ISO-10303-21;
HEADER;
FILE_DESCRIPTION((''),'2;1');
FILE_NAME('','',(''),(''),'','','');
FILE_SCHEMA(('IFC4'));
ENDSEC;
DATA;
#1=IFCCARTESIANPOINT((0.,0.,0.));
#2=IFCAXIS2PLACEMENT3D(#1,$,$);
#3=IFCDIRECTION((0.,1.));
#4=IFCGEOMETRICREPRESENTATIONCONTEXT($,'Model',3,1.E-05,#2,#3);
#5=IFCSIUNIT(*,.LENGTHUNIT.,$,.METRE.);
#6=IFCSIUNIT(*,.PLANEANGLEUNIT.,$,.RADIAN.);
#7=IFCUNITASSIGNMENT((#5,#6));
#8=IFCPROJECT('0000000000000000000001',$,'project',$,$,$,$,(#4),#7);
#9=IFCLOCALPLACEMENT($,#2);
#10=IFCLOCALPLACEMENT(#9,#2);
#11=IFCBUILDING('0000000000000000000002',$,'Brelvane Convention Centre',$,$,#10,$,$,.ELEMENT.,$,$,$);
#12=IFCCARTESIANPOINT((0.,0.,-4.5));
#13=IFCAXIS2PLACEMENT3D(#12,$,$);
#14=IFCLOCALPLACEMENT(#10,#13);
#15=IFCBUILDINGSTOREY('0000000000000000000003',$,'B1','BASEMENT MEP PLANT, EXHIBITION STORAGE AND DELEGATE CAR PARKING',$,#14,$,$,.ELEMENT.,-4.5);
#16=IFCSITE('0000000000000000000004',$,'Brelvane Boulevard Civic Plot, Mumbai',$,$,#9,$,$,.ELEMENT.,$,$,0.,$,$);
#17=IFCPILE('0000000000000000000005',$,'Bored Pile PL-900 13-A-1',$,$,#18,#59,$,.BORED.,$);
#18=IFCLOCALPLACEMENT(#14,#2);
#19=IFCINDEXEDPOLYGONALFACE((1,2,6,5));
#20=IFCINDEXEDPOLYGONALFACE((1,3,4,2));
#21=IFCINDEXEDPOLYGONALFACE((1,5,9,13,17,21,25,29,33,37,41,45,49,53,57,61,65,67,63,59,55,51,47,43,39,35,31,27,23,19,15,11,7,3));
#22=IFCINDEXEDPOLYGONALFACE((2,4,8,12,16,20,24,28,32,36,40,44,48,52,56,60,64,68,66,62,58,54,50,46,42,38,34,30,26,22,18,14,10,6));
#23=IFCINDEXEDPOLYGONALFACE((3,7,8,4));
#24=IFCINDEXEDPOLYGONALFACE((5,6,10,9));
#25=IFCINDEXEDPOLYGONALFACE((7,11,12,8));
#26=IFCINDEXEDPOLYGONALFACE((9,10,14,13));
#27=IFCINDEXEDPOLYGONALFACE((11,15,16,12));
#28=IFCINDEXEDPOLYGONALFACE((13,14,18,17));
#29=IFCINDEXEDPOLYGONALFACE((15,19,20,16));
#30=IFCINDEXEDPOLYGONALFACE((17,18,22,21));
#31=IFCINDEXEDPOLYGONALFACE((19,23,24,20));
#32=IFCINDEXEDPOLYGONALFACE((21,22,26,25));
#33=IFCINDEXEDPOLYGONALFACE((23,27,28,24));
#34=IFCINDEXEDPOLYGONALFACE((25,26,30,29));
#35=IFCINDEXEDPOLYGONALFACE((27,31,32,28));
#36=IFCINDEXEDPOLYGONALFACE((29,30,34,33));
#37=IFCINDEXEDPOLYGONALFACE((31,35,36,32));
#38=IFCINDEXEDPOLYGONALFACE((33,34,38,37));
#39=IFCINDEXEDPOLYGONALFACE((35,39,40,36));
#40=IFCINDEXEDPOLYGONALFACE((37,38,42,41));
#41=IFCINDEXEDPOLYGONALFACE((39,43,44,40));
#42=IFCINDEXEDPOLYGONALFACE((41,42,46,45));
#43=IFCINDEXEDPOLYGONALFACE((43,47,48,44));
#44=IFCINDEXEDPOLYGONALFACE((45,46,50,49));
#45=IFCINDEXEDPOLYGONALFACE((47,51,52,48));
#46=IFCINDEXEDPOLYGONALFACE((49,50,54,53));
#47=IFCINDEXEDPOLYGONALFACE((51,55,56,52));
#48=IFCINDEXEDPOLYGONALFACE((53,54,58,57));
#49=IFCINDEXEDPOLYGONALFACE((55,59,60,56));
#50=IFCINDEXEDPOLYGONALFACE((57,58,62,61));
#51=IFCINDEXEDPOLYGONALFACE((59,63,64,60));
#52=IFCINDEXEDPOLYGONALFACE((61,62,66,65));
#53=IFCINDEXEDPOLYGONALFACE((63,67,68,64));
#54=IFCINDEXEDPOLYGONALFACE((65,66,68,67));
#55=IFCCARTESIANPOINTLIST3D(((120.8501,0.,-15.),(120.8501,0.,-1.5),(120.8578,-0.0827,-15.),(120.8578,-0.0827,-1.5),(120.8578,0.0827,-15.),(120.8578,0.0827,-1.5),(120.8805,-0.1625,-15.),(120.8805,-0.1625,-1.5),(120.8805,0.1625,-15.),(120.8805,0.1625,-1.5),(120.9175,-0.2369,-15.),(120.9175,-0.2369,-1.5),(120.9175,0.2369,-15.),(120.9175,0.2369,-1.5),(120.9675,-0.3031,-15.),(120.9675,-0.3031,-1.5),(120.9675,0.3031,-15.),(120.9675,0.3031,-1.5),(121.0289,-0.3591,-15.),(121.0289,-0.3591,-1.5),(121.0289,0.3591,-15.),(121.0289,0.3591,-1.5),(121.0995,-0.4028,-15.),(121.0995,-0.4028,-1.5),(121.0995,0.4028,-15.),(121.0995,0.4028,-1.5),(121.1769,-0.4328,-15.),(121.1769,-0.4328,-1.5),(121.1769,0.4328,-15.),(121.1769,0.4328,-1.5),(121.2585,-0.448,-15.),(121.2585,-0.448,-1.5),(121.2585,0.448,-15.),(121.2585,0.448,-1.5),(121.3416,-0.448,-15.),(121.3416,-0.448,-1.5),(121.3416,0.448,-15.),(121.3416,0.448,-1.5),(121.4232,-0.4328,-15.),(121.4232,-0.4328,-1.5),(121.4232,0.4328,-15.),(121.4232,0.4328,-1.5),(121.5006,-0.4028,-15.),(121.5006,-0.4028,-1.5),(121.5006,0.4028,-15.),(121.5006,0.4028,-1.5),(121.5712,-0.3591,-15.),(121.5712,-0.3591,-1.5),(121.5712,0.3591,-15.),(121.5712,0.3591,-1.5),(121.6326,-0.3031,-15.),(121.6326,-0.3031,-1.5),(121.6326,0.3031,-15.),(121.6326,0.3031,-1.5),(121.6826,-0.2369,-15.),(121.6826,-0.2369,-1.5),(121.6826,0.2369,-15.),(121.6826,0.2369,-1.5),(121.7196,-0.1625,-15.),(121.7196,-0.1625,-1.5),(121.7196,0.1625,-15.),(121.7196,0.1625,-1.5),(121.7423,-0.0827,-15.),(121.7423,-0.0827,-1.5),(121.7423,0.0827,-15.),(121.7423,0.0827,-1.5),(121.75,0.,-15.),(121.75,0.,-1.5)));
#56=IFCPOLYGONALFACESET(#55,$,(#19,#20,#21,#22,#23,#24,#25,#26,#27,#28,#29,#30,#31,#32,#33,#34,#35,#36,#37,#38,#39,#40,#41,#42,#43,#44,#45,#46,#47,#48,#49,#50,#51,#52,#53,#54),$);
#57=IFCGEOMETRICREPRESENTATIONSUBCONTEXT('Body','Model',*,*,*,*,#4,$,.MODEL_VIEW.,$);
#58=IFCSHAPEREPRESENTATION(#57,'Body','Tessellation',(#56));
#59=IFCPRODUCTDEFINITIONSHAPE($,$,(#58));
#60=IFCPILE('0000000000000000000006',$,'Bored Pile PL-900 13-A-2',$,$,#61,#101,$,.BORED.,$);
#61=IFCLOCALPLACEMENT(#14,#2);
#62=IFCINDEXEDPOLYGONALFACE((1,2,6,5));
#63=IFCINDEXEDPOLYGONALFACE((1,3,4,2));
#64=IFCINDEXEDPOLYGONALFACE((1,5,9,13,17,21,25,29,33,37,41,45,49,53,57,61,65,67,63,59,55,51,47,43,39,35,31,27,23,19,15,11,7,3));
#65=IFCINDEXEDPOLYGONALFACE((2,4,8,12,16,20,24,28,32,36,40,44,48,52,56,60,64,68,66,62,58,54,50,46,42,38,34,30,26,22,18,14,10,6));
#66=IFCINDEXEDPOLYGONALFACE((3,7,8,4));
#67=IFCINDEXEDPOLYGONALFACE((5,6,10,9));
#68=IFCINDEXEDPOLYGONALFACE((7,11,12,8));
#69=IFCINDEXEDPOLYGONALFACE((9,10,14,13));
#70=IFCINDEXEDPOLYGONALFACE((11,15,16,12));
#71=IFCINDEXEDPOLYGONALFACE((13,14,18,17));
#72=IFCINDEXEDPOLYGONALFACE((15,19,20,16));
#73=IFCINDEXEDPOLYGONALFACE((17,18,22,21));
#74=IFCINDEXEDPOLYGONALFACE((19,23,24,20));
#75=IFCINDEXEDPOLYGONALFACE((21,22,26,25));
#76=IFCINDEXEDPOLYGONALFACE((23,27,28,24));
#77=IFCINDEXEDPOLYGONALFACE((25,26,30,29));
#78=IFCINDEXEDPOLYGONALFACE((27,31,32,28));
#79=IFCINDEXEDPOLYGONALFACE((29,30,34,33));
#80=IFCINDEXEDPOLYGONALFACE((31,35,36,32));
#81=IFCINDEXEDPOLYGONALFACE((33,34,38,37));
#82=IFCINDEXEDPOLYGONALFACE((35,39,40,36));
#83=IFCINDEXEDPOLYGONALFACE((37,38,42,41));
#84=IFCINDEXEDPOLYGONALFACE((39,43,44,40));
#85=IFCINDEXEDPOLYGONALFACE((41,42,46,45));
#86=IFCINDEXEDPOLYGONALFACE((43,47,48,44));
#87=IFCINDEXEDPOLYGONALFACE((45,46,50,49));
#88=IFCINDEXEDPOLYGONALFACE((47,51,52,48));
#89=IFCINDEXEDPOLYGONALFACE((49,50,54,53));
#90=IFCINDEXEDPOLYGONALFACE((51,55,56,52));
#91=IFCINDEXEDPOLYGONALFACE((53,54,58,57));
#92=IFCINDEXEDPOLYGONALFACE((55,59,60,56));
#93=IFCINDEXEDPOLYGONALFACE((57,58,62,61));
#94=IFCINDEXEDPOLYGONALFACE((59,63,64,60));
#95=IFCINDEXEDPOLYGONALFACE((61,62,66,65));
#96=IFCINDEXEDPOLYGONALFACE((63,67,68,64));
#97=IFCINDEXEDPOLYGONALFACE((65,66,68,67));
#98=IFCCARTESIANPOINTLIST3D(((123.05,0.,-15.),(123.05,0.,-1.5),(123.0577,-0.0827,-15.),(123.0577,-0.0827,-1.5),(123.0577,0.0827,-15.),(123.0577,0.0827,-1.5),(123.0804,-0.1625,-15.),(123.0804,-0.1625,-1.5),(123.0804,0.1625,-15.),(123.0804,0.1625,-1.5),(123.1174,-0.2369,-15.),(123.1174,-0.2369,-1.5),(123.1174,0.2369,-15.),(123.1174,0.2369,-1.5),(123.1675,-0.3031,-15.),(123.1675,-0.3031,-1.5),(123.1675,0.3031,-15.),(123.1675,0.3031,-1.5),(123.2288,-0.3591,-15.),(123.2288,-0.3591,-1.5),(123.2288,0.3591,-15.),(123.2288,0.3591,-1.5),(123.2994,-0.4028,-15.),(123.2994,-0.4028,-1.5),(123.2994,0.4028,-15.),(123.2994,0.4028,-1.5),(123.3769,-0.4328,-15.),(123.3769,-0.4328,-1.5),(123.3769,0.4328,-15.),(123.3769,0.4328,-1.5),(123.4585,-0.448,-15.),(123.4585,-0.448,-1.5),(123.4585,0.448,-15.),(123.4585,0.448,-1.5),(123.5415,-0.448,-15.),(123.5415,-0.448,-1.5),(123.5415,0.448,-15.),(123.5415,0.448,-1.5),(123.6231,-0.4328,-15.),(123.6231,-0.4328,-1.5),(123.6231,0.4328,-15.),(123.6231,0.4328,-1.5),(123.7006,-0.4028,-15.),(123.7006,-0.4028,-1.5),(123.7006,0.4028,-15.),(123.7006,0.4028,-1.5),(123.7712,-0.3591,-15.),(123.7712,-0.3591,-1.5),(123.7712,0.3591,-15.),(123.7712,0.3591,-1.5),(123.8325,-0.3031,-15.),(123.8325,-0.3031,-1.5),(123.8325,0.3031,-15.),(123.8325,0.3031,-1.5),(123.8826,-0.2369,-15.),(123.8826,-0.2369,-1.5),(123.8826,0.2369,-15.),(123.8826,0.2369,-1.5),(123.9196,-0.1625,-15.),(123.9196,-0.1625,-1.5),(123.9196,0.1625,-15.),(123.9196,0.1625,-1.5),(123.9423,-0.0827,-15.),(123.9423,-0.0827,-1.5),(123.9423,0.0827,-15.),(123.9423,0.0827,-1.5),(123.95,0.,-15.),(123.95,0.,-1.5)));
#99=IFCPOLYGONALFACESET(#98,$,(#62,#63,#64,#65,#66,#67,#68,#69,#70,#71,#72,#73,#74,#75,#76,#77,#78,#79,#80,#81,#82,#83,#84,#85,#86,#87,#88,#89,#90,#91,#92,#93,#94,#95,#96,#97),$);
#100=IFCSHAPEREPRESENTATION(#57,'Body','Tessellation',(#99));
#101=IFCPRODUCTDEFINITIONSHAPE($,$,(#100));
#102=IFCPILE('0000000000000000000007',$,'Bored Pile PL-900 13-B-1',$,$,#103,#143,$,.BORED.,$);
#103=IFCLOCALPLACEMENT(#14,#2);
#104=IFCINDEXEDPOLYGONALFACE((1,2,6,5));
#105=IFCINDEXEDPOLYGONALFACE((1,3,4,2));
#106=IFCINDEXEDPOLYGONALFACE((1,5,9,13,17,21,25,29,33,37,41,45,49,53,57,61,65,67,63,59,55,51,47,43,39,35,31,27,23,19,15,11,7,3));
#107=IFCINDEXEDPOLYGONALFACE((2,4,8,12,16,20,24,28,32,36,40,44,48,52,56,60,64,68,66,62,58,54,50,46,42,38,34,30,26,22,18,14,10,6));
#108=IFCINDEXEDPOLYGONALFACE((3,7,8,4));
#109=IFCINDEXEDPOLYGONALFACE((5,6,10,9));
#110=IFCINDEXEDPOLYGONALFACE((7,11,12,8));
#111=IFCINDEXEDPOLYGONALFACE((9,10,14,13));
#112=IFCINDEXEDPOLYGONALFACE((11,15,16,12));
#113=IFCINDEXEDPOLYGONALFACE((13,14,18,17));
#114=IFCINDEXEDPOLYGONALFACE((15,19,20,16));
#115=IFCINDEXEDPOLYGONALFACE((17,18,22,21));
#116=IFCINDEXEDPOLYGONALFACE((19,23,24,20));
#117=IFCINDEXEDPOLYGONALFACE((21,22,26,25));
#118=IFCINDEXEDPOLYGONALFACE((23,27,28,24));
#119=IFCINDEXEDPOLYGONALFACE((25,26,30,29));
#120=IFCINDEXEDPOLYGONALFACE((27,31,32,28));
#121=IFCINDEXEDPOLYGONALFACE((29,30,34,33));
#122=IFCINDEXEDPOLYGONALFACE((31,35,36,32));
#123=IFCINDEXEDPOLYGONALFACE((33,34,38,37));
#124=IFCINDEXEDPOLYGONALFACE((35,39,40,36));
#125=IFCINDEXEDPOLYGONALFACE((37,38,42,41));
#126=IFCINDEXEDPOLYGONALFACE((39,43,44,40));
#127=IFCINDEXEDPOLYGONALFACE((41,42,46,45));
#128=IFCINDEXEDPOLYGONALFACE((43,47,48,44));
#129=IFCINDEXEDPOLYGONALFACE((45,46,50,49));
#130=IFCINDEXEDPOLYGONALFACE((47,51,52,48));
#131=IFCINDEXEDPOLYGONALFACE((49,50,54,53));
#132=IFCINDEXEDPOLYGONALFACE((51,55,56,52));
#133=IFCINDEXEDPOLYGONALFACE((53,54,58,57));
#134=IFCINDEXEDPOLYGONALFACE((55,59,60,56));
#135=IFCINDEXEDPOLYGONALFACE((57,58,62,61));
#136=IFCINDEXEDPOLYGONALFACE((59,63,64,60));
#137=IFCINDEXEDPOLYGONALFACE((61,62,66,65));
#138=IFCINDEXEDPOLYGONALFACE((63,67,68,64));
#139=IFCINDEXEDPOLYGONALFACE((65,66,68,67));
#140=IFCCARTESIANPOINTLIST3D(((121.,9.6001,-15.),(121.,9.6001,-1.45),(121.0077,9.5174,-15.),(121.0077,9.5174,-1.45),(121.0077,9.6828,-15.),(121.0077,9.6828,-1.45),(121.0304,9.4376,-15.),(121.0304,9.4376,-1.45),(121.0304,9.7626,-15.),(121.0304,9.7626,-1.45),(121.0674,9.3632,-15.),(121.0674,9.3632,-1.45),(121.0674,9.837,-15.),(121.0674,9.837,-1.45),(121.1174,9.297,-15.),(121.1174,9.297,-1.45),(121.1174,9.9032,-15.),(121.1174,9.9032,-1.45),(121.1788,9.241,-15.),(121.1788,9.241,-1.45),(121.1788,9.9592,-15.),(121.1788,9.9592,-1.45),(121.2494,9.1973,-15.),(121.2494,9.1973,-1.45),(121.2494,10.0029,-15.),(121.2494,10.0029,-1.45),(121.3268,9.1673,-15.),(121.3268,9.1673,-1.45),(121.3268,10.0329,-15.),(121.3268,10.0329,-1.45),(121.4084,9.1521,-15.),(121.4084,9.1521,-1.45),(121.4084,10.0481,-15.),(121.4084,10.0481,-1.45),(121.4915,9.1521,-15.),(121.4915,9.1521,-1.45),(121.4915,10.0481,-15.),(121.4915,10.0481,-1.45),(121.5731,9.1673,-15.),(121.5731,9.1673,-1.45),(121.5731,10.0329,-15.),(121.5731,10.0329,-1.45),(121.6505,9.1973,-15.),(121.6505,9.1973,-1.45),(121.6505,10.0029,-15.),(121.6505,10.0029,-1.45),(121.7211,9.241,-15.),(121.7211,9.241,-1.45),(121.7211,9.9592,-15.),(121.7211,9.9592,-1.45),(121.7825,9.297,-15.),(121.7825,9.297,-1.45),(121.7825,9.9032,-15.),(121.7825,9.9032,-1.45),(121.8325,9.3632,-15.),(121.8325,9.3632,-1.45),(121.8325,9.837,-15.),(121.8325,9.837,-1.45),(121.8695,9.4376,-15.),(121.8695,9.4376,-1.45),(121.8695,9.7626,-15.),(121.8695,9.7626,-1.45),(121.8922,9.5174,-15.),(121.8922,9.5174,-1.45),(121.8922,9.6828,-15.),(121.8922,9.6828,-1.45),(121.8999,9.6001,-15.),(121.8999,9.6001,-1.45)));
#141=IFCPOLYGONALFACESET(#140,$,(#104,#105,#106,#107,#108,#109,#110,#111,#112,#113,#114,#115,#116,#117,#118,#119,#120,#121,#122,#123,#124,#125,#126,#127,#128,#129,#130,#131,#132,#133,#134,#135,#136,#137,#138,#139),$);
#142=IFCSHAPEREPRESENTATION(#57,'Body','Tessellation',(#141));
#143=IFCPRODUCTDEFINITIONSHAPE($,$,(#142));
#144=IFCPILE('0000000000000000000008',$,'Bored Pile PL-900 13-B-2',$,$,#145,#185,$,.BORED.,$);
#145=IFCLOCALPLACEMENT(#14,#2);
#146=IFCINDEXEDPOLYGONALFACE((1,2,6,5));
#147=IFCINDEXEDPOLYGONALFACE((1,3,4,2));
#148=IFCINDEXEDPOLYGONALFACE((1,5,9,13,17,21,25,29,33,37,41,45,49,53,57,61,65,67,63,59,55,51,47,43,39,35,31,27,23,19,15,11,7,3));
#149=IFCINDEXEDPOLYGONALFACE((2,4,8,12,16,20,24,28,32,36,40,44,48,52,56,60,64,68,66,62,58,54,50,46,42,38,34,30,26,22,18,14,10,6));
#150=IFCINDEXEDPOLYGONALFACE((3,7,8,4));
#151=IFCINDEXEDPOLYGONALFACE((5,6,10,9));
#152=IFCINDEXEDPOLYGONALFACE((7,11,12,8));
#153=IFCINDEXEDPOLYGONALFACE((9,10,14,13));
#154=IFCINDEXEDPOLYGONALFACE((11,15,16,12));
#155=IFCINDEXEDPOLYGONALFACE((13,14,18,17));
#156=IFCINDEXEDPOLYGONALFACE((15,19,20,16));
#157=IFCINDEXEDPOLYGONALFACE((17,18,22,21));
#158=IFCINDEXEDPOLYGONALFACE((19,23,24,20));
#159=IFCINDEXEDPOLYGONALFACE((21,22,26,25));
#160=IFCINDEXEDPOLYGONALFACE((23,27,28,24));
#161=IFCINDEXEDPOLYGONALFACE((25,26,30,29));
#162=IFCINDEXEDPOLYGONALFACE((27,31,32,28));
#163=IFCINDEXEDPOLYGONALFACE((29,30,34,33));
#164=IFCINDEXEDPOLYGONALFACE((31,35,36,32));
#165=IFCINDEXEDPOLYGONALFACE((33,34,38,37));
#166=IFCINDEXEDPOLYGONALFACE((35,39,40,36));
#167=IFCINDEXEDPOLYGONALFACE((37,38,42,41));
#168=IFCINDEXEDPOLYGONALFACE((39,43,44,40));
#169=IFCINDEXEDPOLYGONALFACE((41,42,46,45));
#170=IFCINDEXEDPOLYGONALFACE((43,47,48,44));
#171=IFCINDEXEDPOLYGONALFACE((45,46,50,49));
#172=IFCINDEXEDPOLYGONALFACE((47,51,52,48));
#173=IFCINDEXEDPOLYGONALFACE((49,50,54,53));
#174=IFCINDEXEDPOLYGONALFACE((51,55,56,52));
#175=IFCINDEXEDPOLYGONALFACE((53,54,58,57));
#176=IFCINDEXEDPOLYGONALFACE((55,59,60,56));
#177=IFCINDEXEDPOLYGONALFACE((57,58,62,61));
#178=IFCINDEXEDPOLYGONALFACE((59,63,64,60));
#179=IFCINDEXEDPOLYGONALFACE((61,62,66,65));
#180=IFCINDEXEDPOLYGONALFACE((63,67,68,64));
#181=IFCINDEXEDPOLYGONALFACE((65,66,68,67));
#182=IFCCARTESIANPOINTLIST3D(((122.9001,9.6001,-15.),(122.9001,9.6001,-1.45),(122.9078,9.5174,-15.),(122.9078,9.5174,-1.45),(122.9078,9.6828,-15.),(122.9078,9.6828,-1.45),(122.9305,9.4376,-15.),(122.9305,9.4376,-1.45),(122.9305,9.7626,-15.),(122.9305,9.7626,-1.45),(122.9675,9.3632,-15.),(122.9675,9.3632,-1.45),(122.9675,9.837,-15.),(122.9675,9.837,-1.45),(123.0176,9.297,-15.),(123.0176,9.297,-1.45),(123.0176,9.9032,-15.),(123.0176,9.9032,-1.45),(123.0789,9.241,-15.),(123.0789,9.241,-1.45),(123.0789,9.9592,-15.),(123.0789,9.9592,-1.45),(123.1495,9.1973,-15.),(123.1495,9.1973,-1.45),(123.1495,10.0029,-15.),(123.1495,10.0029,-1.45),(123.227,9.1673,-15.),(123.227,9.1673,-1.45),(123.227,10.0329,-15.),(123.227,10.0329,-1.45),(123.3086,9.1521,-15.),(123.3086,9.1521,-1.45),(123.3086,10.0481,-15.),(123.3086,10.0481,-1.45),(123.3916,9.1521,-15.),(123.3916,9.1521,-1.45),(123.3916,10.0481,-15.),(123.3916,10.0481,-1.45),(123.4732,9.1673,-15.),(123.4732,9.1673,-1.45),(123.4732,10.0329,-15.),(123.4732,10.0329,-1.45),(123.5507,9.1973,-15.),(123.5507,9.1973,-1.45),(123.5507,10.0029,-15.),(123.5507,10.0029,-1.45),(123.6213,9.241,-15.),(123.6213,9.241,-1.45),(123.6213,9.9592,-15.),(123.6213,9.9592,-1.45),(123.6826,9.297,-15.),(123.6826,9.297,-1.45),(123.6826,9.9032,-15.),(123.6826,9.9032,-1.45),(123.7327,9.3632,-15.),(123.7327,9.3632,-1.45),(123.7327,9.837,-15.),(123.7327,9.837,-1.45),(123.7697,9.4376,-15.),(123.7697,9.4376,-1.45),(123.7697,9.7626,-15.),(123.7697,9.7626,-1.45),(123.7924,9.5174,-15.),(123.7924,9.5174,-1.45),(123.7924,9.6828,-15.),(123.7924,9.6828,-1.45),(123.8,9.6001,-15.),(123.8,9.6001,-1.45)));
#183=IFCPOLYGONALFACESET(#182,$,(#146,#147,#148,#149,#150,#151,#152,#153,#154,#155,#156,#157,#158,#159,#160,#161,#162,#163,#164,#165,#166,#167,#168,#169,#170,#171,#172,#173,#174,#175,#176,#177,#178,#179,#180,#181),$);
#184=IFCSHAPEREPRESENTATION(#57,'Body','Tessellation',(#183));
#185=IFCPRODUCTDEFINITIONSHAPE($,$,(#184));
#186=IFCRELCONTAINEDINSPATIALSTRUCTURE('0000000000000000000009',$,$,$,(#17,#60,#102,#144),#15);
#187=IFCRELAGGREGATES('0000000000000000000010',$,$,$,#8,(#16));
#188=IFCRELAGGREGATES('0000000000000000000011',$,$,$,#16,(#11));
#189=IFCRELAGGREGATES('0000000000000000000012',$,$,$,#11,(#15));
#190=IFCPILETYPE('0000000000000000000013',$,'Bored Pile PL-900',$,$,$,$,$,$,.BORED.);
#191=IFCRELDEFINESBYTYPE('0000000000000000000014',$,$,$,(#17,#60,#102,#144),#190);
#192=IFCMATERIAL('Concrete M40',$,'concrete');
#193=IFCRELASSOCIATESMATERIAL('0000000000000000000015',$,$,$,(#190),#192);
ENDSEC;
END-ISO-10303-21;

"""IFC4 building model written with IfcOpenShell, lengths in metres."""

from ifc_helpers import new_model, si_unit, direction, frame, origin, origin_2d, place, context, subcontext, project, spatial, circle, extrude, material, material_profile, profile_set, type_object, element, save


model = new_model("IFC4")

# Units and contexts
model_context = context("Model", 3, precision=1e-05, world=origin(), true_north=direction((0.0, 1.0)))
body_context = subcontext(model_context, "Body", "Model", "MODEL_VIEW")
ifc_project = project(units=[si_unit("LENGTHUNIT", "METRE"), si_unit("PLANEANGLEUNIT", "RADIAN")], contexts=[model_context])

# Site, building, storey
site_placement = place(None, origin())
site = spatial("IfcSite", under=ifc_project, at=site_placement, Name="Brelvane Boulevard Civic Plot, Mumbai", CompositionType="ELEMENT", RefElevation=0.0)
building_placement = place(site_placement, origin())
building = spatial("IfcBuilding", under=site, at=building_placement, Name="Brelvane Convention Centre", CompositionType="ELEMENT")
storey_placement = place(building_placement, frame((0.0, 0.0, -4.5)))
storey = spatial("IfcBuildingStorey", under=building, at=storey_placement, Name="B1", Description="BASEMENT MEP PLANT, EXHIBITION STORAGE AND DELEGATE CAR PARKING", CompositionType="ELEMENT", Elevation=-4.5)

# Piles
ifc_material_1 = material(Name="Concrete M40", Category="concrete")
ifc_material_profile_1 = material_profile(ifc_material_1, circle(Radius=0.45, at=origin_2d()), Name="PILE D900")
ifc_profile_set_1 = profile_set([ifc_material_profile_1], Name="Concrete M40")
pile_type = type_object("IfcPileType", Name="Bored Pile PL-900", PredefinedType="BORED", material=ifc_profile_set_1)
for number, where, z_axis, x_axis, name in (
    (1, (121.3, 0.0, -1.5), (0.0, 0.0, -1.0), (1.0, 0.0, 0.0), "Bored Pile PL-900 13-A-1"),
    (2, (123.5, 0.0, -1.5), (0.0, 0.0, -1.0), (1.0, 0.0, 0.0), "Bored Pile PL-900 13-A-2"),
):
    element("IfcPile", number, at=place(storey_placement, frame(where, z_axis=z_axis, x_axis=x_axis)), inside=storey, type_object=pile_type, Name=name, PredefinedType="BORED", context=body_context, shape_type="SweptSolid", body=[
        extrude(circle(Radius=0.45, at=origin_2d()), origin(), (0.0, 0.0, 1.0), 13.5),
    ])
for number, where, z_axis, x_axis, name in (
    (3, (121.45, 9.6001, -1.45), (0.0, 0.0, -1.0), (1.0, 0.0, 0.0), "Bored Pile PL-900 13-B-1"),
    (4, (123.3501, 9.6001, -1.45), (0.0, 0.0, -1.0), (1.0, 0.0, 0.0), "Bored Pile PL-900 13-B-2"),
):
    element("IfcPile", number, at=place(storey_placement, frame(where, z_axis=z_axis, x_axis=x_axis)), inside=storey, type_object=pile_type, Name=name, PredefinedType="BORED", context=body_context, shape_type="SweptSolid", body=[
        extrude(circle(Radius=0.45, at=origin_2d()), origin(), (0.0, 0.0, 1.0), 13.55),
    ])

save(model, "model.ifc")
